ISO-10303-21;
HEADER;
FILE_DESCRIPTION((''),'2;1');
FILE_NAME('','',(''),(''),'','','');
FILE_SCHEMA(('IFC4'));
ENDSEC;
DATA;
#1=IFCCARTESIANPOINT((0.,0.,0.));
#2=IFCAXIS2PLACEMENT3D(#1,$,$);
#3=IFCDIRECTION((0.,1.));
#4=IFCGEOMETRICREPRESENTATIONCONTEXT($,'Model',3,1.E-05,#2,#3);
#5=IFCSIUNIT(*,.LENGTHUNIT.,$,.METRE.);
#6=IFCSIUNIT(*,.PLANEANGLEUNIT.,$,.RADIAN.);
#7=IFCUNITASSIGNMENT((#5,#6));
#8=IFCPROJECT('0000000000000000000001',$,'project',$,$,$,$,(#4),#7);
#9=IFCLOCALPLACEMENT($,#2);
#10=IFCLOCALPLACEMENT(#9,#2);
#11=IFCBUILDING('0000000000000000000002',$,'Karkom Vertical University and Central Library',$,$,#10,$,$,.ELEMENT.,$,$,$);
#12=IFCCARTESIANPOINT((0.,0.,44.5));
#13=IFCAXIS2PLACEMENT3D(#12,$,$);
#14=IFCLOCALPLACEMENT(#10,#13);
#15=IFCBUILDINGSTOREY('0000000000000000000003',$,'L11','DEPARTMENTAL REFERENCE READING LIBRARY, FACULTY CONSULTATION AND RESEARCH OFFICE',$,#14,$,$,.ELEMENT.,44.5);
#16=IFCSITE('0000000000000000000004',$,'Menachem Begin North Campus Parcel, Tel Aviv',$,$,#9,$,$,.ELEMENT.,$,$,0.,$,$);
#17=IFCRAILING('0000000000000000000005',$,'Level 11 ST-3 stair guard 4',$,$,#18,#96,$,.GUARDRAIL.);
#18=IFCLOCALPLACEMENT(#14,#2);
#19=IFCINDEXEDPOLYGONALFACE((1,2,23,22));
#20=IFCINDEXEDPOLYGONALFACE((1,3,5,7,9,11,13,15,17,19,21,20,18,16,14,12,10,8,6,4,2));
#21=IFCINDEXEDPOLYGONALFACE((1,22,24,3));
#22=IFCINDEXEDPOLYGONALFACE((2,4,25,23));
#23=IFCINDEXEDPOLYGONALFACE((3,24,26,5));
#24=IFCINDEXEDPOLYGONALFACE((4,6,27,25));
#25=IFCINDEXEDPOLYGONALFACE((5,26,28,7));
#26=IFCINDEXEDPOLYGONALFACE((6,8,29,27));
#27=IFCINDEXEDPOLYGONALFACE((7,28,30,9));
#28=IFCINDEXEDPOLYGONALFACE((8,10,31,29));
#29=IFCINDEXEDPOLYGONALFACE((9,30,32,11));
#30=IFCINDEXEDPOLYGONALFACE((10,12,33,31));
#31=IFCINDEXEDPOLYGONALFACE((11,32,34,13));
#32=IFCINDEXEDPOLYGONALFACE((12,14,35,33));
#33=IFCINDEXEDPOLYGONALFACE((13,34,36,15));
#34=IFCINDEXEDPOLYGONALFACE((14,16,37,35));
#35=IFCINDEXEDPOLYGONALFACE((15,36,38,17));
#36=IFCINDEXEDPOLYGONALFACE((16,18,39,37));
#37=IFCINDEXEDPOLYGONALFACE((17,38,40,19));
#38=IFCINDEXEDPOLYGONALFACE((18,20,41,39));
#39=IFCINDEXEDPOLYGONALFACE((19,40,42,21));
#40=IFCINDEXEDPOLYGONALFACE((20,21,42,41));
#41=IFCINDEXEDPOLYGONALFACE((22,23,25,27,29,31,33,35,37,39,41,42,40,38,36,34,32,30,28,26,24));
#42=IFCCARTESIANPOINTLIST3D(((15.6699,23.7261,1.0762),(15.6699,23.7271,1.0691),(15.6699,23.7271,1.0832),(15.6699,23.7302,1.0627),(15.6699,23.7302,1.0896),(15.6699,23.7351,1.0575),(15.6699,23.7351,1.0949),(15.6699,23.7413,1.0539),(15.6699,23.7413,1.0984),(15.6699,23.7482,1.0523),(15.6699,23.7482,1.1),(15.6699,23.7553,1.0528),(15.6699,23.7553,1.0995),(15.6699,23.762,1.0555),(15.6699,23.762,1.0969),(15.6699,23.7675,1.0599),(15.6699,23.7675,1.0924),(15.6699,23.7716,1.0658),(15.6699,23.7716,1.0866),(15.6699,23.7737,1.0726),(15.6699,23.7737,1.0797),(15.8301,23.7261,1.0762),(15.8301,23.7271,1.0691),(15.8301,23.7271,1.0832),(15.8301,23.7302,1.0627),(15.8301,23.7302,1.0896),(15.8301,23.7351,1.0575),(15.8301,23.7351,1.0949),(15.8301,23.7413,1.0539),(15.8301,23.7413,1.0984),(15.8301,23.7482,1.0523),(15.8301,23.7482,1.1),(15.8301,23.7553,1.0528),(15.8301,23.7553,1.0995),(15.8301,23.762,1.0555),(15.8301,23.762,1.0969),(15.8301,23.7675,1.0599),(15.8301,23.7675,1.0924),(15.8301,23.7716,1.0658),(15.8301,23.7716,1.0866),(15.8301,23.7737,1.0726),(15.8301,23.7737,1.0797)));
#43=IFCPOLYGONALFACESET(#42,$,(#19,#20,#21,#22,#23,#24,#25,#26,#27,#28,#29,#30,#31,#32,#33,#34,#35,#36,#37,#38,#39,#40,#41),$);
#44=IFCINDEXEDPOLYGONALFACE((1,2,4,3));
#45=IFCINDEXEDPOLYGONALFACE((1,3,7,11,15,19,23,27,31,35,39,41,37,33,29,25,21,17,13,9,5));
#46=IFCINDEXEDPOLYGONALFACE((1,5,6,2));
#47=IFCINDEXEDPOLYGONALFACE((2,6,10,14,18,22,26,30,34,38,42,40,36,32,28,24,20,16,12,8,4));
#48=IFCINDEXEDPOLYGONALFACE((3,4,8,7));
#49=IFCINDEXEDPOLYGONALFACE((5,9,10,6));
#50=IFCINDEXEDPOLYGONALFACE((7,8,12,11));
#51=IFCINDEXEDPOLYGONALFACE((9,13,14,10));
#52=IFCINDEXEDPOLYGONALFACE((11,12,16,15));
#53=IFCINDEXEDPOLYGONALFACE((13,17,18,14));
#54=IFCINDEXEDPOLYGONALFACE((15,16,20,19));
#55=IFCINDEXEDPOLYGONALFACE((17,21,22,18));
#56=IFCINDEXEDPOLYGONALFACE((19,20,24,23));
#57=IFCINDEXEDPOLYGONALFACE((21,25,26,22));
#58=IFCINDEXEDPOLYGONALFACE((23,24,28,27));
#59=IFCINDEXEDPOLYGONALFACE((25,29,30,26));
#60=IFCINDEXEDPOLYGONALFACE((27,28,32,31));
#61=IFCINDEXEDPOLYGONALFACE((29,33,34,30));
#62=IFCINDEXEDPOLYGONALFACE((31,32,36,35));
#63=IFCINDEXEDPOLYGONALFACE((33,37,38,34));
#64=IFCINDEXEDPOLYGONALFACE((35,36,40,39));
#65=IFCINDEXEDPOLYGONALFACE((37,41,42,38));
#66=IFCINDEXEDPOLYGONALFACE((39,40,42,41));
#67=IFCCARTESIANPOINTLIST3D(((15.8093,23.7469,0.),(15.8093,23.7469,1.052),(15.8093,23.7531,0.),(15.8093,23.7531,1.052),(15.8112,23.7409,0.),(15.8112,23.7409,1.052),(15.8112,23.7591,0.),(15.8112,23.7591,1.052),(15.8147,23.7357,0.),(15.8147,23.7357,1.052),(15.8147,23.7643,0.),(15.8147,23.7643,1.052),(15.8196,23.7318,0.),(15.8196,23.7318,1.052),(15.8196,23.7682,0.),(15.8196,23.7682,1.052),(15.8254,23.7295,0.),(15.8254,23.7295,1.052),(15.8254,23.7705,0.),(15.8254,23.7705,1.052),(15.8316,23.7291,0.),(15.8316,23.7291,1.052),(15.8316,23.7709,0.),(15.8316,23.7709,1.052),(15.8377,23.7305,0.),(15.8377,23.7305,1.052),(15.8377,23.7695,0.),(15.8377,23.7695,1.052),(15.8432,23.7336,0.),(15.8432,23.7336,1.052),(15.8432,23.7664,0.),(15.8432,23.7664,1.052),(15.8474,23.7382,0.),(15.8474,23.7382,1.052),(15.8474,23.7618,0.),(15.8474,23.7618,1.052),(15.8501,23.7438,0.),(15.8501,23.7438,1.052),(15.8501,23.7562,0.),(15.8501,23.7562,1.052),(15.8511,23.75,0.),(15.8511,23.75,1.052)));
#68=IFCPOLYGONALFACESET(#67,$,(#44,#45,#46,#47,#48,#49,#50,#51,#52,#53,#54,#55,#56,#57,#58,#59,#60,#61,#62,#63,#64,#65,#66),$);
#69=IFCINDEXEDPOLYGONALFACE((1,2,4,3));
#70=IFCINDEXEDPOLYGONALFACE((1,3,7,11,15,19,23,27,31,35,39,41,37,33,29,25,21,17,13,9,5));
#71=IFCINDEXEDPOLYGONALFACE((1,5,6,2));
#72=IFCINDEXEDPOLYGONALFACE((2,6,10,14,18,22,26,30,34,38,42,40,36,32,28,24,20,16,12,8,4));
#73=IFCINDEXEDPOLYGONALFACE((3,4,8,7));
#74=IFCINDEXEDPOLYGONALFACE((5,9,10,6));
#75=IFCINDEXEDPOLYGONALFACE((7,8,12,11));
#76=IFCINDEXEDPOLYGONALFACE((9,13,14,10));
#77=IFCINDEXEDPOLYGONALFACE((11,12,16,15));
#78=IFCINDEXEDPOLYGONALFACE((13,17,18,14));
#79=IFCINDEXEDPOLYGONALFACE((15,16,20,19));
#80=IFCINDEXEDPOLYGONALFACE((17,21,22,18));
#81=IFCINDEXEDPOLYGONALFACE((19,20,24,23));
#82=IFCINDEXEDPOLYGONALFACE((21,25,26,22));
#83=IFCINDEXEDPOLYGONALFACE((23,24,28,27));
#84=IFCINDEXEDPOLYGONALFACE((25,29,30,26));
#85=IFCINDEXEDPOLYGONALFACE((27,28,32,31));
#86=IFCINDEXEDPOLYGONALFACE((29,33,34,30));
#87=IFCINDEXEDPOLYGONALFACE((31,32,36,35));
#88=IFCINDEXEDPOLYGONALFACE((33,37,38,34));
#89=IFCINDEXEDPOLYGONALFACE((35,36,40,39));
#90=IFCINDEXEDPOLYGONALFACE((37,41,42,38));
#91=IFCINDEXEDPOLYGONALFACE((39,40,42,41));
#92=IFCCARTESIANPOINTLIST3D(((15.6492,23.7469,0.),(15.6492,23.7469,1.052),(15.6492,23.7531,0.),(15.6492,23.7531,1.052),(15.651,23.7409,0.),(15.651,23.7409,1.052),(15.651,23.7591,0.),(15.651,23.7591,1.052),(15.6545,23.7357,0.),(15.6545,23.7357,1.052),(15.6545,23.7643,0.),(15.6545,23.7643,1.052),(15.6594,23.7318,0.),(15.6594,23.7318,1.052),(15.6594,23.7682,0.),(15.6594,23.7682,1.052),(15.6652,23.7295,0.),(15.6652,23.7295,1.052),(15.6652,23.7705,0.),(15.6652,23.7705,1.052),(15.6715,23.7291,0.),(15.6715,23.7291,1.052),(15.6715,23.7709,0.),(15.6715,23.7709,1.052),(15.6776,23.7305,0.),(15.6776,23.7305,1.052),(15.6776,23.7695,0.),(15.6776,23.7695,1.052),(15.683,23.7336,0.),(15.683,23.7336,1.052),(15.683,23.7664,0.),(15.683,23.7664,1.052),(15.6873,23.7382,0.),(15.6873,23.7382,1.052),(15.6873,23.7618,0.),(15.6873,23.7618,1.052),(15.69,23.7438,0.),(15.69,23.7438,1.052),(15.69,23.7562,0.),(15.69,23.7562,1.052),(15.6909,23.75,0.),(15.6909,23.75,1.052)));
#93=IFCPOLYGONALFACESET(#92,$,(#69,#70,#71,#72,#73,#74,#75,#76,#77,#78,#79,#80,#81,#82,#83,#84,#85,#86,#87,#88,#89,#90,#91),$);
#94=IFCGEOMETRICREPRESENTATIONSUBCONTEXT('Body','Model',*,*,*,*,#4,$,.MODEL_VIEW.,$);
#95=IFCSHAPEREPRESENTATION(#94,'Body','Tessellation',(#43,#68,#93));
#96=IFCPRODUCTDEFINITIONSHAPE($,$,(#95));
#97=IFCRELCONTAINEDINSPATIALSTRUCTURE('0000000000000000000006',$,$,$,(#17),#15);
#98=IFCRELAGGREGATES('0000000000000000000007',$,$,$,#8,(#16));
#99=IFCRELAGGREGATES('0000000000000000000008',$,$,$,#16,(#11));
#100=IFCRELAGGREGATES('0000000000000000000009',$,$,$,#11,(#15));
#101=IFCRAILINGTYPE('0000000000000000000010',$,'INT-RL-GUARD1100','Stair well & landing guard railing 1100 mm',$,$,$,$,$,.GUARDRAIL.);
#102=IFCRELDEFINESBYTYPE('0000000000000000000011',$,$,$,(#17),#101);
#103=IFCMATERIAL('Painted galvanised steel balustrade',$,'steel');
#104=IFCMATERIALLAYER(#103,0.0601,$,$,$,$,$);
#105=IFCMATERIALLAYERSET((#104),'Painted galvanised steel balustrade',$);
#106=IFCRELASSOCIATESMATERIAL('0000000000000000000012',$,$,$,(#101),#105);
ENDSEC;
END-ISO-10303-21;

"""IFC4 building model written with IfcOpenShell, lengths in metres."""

from ifc_helpers import new_model, si_unit, direction, frame, origin, origin_2d, place, context, subcontext, project, spatial, circle, extrude, material, layer, layer_set, type_object, element, save


model = new_model("IFC4")

# Units and contexts
model_context = context("Model", 3, precision=1e-05, world=origin(), true_north=direction((0.0, 1.0)))
body_context = subcontext(model_context, "Body", "Model", "MODEL_VIEW")
ifc_project = project(units=[si_unit("LENGTHUNIT", "METRE"), si_unit("PLANEANGLEUNIT", "RADIAN")], contexts=[model_context])

# Site, building, storey
site_placement = place(None, origin())
site = spatial("IfcSite", under=ifc_project, at=site_placement, Name="Menachem Begin North Campus Parcel, Tel Aviv", CompositionType="ELEMENT", RefElevation=0.0)
building_placement = place(site_placement, origin())
building = spatial("IfcBuilding", under=site, at=building_placement, Name="Karkom Vertical University and Central Library", CompositionType="ELEMENT")
storey_placement = place(building_placement, frame((0.0, 0.0, 44.5)))
storey = spatial("IfcBuildingStorey", under=building, at=storey_placement, Name="L11", Description="DEPARTMENTAL REFERENCE READING LIBRARY, FACULTY CONSULTATION AND RESEARCH OFFICE", CompositionType="ELEMENT", Elevation=44.5)

# Railing
ifc_material_1 = material(Name="Painted galvanised steel balustrade", Category="steel")
ifc_layer_1 = layer(ifc_material_1, 0.0601)
ifc_layer_set_1 = layer_set([ifc_layer_1], Name="Painted galvanised steel balustrade")
railing_type_1 = type_object("IfcRailingType", Name="INT-RL-GUARD1100", Description="Stair well & landing guard railing 1100 mm", PredefinedType="GUARDRAIL", material=ifc_layer_set_1)
railing_1_placement = place(storey_placement, frame((15.8301, 23.75, 0.0)))
element("IfcRailing", 1, at=railing_1_placement, inside=storey, type_object=railing_type_1, Name="Level 11 ST-3 stair guard 4", PredefinedType="GUARDRAIL", context=body_context, shape_type="SweptSolid", body=[
    extrude(circle(Radius=0.0239, at=origin_2d()), frame((0.0, 0.0, 1.0762), z_axis=(-1.0, 0.0, 0.0), x_axis=(0.0, -1.0, 0.0)), (0.0, 0.0, 1.0), 0.1602),
    extrude(circle(Radius=0.021, at=origin_2d()), origin(), (0.0, 0.0, 1.0), 1.052),
    extrude(circle(Radius=0.021, at=origin_2d()), frame((-0.1602, 0.0, 0.0)), (0.0, 0.0, 1.0), 1.052),
])

save(model, "model.ifc")
